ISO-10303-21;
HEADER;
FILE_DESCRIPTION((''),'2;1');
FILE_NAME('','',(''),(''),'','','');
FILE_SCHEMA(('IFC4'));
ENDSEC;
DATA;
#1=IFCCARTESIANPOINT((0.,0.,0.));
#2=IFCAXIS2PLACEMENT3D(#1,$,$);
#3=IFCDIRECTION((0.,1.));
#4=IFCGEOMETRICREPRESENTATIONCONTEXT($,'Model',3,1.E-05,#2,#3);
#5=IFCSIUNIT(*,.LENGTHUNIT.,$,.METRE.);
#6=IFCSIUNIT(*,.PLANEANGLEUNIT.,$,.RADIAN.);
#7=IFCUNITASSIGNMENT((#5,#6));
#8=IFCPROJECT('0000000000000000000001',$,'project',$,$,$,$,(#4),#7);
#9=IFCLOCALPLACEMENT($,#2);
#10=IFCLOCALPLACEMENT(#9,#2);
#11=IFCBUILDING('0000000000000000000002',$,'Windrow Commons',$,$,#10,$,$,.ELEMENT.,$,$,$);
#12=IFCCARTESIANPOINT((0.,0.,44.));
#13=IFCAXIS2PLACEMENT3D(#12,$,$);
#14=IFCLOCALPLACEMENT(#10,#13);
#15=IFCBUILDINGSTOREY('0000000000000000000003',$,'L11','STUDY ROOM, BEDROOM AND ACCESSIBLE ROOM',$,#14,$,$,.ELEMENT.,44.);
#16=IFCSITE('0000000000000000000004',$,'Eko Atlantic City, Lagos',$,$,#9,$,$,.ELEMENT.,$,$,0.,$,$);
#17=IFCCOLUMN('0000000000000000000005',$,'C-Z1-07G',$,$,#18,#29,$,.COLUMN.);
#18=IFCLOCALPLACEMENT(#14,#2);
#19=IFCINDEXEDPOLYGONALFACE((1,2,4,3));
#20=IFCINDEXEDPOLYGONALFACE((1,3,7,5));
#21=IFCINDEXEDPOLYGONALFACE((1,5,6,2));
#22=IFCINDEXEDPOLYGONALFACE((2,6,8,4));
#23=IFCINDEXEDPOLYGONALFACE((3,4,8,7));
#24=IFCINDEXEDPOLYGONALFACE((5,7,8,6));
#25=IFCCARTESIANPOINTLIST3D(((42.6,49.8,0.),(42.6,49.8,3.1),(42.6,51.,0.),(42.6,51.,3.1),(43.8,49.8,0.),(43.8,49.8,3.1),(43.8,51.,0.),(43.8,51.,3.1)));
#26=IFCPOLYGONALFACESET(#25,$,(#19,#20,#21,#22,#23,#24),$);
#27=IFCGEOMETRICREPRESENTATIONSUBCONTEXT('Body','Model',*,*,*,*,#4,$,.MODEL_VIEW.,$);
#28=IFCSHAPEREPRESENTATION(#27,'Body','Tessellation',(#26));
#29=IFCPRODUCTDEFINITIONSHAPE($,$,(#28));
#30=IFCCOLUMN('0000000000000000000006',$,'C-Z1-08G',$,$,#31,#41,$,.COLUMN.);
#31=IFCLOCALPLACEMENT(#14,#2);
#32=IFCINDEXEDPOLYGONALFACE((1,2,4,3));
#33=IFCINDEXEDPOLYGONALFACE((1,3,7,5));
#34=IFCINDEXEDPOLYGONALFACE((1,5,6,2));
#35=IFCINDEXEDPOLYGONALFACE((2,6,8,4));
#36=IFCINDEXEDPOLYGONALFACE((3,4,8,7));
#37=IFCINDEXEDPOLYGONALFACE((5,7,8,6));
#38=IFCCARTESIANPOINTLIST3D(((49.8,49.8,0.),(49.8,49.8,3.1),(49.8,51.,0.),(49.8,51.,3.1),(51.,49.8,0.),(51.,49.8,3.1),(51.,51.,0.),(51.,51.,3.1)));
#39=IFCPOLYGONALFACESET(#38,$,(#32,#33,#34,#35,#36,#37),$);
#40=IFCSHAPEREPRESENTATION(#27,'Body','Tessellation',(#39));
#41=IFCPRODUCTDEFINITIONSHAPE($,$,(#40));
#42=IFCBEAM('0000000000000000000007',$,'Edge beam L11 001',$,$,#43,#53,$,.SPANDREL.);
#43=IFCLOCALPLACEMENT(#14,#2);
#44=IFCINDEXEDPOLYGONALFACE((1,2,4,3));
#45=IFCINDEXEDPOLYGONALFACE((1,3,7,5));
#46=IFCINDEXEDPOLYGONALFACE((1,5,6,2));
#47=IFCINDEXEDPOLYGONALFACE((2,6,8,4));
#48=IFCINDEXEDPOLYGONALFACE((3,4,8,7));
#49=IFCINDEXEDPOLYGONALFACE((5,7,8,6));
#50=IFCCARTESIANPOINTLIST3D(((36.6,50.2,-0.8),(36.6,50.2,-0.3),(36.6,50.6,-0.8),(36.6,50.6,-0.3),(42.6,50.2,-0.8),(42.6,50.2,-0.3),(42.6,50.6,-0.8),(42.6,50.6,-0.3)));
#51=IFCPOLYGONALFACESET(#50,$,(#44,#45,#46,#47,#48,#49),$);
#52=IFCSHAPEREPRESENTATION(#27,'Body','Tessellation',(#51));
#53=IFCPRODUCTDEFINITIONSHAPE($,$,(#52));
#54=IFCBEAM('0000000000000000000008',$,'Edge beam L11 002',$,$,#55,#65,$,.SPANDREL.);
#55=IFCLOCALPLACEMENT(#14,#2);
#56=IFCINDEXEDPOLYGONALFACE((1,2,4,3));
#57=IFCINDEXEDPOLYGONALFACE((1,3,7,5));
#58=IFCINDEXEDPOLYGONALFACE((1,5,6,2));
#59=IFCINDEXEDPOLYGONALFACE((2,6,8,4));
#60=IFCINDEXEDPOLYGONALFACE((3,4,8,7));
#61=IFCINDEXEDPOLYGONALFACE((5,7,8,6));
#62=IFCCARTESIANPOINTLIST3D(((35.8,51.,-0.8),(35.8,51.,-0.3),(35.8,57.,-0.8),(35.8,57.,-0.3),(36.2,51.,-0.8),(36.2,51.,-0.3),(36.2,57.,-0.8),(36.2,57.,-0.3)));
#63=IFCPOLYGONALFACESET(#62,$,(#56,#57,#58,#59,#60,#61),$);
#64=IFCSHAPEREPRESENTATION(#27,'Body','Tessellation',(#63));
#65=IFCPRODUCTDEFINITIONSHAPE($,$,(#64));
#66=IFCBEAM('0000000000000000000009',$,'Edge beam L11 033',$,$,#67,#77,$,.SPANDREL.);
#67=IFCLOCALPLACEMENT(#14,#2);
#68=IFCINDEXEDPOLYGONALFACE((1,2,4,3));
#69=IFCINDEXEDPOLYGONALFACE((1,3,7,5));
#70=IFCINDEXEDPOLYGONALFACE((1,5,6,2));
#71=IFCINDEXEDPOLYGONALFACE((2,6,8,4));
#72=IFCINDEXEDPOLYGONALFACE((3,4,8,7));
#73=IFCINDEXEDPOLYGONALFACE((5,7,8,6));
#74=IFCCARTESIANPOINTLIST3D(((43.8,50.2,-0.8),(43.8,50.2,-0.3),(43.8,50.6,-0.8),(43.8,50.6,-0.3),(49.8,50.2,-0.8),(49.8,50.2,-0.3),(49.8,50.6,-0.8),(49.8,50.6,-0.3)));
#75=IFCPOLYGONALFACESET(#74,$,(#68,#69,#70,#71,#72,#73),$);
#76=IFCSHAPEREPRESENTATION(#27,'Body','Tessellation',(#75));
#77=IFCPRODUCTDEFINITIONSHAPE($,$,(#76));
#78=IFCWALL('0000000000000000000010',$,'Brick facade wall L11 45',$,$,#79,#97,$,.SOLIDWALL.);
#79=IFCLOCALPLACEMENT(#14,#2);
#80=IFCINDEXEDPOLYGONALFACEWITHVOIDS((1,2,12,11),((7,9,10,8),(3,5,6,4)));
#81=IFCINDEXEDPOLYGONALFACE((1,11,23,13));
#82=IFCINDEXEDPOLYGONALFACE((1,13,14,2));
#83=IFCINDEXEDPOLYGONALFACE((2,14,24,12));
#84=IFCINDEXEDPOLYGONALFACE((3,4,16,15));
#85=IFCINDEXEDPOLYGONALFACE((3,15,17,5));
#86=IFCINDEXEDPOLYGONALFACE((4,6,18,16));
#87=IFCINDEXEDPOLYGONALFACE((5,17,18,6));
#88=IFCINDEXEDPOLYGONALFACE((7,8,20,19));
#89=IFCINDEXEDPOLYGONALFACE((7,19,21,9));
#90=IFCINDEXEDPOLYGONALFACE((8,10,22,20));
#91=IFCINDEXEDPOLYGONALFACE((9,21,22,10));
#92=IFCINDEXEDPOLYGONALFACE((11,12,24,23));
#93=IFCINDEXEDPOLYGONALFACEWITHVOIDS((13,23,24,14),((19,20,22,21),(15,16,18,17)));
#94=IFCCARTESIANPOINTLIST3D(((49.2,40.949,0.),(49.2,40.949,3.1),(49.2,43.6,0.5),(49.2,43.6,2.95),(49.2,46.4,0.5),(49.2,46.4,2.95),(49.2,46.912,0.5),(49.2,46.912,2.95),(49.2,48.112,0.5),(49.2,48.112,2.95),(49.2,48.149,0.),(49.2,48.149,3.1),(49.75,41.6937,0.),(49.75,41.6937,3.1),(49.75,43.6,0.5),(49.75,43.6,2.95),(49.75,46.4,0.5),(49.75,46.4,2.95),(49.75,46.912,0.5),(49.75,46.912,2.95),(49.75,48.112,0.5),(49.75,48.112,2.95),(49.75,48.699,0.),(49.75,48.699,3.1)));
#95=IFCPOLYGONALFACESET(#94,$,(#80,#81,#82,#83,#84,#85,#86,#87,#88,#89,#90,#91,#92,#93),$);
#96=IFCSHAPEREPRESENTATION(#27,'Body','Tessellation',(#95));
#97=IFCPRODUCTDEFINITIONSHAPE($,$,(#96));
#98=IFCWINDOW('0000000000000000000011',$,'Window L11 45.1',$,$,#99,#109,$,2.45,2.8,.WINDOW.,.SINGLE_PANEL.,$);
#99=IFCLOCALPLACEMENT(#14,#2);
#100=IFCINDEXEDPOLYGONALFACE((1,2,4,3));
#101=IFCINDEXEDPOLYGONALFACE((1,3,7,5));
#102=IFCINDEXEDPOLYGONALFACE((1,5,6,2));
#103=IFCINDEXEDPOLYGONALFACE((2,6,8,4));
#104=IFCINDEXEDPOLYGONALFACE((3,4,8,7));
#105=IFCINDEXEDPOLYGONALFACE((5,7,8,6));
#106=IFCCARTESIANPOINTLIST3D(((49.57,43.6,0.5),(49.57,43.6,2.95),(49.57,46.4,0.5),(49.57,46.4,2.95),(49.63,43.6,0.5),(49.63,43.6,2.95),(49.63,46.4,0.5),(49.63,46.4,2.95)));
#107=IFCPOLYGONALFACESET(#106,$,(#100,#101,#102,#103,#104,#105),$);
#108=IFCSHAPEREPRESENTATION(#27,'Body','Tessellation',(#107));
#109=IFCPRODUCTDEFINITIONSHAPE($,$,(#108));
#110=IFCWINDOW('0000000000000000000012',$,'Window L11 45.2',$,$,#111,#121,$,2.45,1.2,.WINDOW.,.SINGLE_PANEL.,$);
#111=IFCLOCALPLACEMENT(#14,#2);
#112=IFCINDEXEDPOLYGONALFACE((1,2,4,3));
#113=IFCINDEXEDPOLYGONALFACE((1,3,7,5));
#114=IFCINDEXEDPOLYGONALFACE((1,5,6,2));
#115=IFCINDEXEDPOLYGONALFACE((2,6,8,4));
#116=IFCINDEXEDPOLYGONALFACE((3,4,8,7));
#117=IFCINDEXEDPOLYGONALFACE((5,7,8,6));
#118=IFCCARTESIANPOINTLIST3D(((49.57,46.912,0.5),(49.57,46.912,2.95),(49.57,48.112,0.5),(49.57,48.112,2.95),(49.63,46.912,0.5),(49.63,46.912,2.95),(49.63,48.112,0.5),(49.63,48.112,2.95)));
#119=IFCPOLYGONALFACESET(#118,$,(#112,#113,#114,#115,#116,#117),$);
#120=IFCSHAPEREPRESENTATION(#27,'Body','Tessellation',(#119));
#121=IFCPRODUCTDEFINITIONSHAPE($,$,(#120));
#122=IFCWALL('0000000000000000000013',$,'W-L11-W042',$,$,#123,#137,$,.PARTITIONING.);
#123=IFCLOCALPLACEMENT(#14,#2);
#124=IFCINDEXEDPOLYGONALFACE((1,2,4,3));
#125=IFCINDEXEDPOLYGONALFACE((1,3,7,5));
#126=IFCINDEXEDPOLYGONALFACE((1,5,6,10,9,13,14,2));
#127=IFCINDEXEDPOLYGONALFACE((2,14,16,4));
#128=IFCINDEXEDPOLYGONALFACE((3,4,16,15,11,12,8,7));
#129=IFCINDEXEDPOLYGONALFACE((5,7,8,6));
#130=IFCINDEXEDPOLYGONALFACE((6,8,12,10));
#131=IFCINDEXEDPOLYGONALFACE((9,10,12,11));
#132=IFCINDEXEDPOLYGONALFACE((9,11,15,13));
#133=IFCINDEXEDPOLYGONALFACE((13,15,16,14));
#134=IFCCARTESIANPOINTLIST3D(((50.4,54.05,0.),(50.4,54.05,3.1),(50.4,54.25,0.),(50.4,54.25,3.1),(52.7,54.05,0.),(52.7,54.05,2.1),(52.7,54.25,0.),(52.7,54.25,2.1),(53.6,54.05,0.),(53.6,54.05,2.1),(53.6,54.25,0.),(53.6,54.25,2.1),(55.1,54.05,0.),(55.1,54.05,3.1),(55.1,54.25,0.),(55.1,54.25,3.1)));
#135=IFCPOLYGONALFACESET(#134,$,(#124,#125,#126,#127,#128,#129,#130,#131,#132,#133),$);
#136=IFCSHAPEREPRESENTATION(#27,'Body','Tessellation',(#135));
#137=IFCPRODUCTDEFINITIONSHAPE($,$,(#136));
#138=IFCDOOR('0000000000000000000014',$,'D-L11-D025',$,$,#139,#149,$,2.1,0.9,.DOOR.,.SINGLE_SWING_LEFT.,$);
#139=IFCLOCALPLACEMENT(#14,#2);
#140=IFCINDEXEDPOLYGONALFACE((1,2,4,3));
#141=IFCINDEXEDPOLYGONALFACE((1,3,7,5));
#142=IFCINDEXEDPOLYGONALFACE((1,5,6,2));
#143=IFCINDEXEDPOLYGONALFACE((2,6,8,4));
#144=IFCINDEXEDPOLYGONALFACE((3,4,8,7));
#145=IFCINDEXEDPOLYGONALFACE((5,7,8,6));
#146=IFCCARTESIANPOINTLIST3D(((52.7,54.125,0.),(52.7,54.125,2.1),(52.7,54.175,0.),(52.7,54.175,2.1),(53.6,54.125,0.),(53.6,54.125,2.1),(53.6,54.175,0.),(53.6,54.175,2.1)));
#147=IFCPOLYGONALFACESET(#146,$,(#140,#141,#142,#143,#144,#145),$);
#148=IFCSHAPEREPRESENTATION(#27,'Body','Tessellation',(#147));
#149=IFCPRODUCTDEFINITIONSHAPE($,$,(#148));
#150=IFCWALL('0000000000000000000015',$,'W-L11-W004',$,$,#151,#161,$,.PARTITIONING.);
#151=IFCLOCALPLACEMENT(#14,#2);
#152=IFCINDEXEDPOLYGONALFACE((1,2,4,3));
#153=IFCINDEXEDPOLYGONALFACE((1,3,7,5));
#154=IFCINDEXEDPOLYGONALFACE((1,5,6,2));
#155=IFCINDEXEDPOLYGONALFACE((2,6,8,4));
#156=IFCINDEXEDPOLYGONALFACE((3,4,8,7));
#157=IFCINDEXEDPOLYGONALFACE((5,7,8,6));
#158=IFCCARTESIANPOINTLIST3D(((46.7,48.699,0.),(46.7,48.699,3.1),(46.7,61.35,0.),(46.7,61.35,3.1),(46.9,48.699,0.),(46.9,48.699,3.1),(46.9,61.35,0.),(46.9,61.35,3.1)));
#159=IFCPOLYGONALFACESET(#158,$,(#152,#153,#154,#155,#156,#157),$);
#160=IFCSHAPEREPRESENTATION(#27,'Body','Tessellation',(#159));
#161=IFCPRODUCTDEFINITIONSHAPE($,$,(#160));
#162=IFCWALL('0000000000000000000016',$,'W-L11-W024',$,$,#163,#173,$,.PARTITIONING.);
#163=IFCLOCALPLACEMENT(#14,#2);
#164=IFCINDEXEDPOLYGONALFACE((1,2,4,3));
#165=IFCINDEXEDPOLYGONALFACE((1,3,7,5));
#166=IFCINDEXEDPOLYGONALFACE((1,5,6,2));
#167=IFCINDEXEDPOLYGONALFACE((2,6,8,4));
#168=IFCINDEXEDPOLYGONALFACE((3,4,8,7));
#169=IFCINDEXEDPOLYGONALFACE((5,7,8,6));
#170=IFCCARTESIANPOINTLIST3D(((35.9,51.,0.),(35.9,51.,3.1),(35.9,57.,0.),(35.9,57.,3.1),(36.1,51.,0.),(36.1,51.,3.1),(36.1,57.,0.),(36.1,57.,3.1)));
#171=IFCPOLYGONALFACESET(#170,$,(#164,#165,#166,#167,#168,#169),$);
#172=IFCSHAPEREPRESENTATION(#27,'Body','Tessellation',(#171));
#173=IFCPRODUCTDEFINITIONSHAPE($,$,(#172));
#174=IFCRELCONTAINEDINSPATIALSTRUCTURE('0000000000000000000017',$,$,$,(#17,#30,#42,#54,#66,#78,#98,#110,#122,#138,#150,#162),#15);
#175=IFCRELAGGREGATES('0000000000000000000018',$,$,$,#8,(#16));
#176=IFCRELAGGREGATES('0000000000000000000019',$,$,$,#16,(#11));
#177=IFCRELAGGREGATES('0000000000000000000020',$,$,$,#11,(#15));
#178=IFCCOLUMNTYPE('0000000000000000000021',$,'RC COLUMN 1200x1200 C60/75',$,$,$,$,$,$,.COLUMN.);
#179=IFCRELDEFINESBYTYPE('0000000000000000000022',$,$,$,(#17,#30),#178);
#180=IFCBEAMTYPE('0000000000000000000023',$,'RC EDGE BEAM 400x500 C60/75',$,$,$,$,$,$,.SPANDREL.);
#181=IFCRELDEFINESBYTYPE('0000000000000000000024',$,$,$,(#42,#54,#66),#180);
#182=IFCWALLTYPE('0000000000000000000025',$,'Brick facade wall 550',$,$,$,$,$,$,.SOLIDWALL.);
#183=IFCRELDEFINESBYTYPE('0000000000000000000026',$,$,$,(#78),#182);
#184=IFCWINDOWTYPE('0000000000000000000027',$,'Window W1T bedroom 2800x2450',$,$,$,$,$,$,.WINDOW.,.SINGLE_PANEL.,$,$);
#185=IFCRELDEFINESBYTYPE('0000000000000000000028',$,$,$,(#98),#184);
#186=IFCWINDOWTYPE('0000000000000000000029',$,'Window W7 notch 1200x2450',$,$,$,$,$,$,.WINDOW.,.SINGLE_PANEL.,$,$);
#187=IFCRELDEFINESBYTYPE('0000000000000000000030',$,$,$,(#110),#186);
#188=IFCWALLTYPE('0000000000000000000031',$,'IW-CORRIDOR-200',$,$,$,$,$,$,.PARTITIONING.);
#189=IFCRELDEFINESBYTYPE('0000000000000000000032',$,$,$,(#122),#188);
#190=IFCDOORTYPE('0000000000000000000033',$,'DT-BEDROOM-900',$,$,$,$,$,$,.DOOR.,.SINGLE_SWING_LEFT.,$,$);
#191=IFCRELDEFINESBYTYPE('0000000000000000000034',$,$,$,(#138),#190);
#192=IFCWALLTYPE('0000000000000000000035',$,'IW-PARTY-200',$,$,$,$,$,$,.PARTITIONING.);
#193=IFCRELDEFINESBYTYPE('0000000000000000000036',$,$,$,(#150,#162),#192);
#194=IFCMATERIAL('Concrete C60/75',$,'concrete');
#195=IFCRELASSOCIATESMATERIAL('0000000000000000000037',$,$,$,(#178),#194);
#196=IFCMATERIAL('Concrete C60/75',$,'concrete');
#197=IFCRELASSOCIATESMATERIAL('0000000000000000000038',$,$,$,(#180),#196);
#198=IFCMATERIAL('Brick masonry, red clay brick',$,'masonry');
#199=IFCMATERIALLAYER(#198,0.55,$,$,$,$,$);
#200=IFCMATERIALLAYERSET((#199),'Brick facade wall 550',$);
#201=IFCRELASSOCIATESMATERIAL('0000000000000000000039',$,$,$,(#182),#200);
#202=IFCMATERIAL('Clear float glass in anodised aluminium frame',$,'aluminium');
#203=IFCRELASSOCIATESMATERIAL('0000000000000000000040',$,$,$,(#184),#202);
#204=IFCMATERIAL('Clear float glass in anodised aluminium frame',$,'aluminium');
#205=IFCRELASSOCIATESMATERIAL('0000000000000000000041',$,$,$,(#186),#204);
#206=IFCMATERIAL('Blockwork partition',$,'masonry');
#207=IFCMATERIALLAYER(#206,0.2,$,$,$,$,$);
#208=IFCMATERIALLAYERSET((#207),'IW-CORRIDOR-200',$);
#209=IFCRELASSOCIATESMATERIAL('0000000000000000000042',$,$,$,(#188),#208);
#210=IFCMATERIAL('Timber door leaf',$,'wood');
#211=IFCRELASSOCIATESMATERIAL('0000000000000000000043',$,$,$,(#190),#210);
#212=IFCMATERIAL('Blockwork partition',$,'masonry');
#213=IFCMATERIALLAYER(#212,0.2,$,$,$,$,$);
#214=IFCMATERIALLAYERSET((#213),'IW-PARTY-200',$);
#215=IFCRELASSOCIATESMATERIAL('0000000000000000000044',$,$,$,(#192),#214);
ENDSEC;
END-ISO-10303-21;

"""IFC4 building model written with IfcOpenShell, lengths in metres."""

from ifc_helpers import new_model, si_unit, direction, frame, frame_2d, origin, origin_2d, place, context, subcontext, project, spatial, polyline, rectangle, outline, extrude, material, layer, layer_set, material_profile, profile_set, type_object, element, fill, save


model = new_model("IFC4")

# Units and contexts
model_context = context("Model", 3, precision=1e-05, world=origin(), true_north=direction((0.0, 1.0)))
body_context = subcontext(model_context, "Body", "Model", "MODEL_VIEW")
ifc_project = project(units=[si_unit("LENGTHUNIT", "METRE"), si_unit("PLANEANGLEUNIT", "RADIAN")], contexts=[model_context])

# Site, building, storey
site_placement = place(None, origin())
site = spatial("IfcSite", under=ifc_project, at=site_placement, Name="Eko Atlantic City, Lagos", CompositionType="ELEMENT", RefElevation=0.0)
building_placement = place(site_placement, origin())
building = spatial("IfcBuilding", under=site, at=building_placement, Name="Windrow Commons", CompositionType="ELEMENT")
storey_placement = place(building_placement, frame((0.0, 0.0, 44.0)))
storey = spatial("IfcBuildingStorey", under=building, at=storey_placement, Name="L11", Description="STUDY ROOM, BEDROOM AND ACCESSIBLE ROOM", CompositionType="ELEMENT", Elevation=44.0)

# Columns
ifc_material_1 = material(Name="Concrete C60/75", Category="concrete")
ifc_material_profile_1 = material_profile(ifc_material_1, rectangle(XDim=1.2, YDim=1.2, at=origin_2d()))
ifc_profile_set_1 = profile_set([ifc_material_profile_1], Name="Concrete C60/75")
column_type = type_object("IfcColumnType", Name="RC COLUMN 1200x1200 C60/75", PredefinedType="COLUMN", material=ifc_profile_set_1)
for number, where, z_axis, x_axis, name in (
    (1, (43.2, 50.4, 0.0), (0.0, 0.0, 1.0), (1.0, 0.0, 0.0), "C-Z1-07G"),
    (2, (50.4, 50.4, 0.0), (0.0, 0.0, 1.0), (1.0, 0.0, 0.0), "C-Z1-08G"),
):
    element("IfcColumn", number, at=place(storey_placement, frame(where, z_axis=z_axis, x_axis=x_axis)), inside=storey, type_object=column_type, Name=name, PredefinedType="COLUMN", context=body_context, shape_type="SweptSolid", body=[
        extrude(rectangle(XDim=1.2, YDim=1.2, at=origin_2d()), origin(), (0.0, 0.0, 1.0), 3.1),
    ])

# Beams
ifc_material_2 = material(Name="Concrete C60/75", Category="concrete")
ifc_material_profile_2 = material_profile(ifc_material_2, rectangle(XDim=0.4, YDim=0.5, at=origin_2d()))
ifc_profile_set_2 = profile_set([ifc_material_profile_2], Name="Concrete C60/75")
beam_type = type_object("IfcBeamType", Name="RC EDGE BEAM 400x500 C60/75", PredefinedType="SPANDREL", material=ifc_profile_set_2)
for number, where, z_axis, x_axis, name in (
    (3, (42.6, 50.4, -0.55), (-1.0, 0.0, 0.0), (0.0, -1.0, 0.0), "Edge beam L11 001"),
    (4, (36.0, 51.0, -0.55), (0.0, 1.0, 0.0), (-1.0, 0.0, 0.0), "Edge beam L11 002"),
    (5, (49.8, 50.4, -0.55), (-1.0, 0.0, 0.0), (0.0, -1.0, 0.0), "Edge beam L11 033"),
):
    element("IfcBeam", number, at=place(storey_placement, frame(where, z_axis=z_axis, x_axis=x_axis)), inside=storey, type_object=beam_type, Name=name, PredefinedType="SPANDREL", context=body_context, shape_type="SweptSolid", body=[
        extrude(rectangle(XDim=0.4, YDim=0.5, at=origin_2d()), origin(), (0.0, 0.0, 1.0), 6.0),
    ])

# Wall, openings, windows
ifc_material_3 = material(Name="Brick masonry, red clay brick", Category="masonry")
ifc_layer_1 = layer(ifc_material_3, 0.55)
ifc_layer_set_1 = layer_set([ifc_layer_1], Name="Brick facade wall 550")
wall_type_1 = type_object("IfcWallType", Name="Brick facade wall 550", PredefinedType="SOLIDWALL", material=ifc_layer_set_1)
wall_1_placement = place(storey_placement, frame((49.475, 48.424, 0.0), z_axis=(0.0, 0.0, 1.0), x_axis=(0.0, -1.0, 0.0)))
wall_1 = element("IfcWall", 6, at=wall_1_placement, inside=storey, type_object=wall_type_1, Name="Brick facade wall L11 45", PredefinedType="SOLIDWALL", context=body_context, shape_type="SweptSolid", body=[
    extrude(outline(polyline([(0.275, -0.275), (7.475, -0.275), (6.7303, 0.275), (-0.275, 0.275), (0.275, -0.275)])), origin(), (0.0, 0.0, 1.0), 3.1),
])
opening_1_placement = place(wall_1_placement, frame((2.024, 0.0, 0.5)))
opening_1 = element("IfcOpeningElement", 7, at=opening_1_placement, cuts=wall_1, PredefinedType="OPENING", context=body_context, shape_type="SweptSolid", body=[
    extrude(rectangle(XDim=2.8, YDim=2.45, at=frame_2d((1.4, 1.225))), frame((0.0, 0.285, 0.0), z_axis=(0.0, -1.0, 0.0), x_axis=(1.0, 0.0, 0.0)), (0.0, 0.0, 1.0), 0.57),
])
opening_2_placement = place(wall_1_placement, frame((0.312, 0.0, 0.5)))
opening_2 = element("IfcOpeningElement", 8, at=opening_2_placement, cuts=wall_1, PredefinedType="OPENING", context=body_context, shape_type="SweptSolid", body=[
    extrude(rectangle(XDim=1.2, YDim=2.45, at=frame_2d((0.6, 1.225))), frame((0.0, 0.285, 0.0), z_axis=(0.0, -1.0, 0.0), x_axis=(1.0, 0.0, 0.0)), (0.0, 0.0, 1.0), 0.57),
])
ifc_material_4 = material(Name="Clear float glass in anodised aluminium frame", Category="aluminium")
window_type_1 = type_object("IfcWindowType", Name="Window W1T bedroom 2800x2450", PartitioningType="SINGLE_PANEL", PredefinedType="WINDOW", material=ifc_material_4)
window_1_placement = place(opening_1_placement, origin())
window_1 = element("IfcWindow", 9, at=window_1_placement, inside=storey, type_object=window_type_1, Name="Window L11 45.1", OverallHeight=2.45, OverallWidth=2.8, PartitioningType="SINGLE_PANEL", PredefinedType="WINDOW", context=body_context, shape_type="SweptSolid", body=[
    extrude(rectangle(XDim=2.8, YDim=2.45, at=frame_2d((1.4, 1.225))), frame((0.0, 0.155, 0.0), z_axis=(0.0, -1.0, 0.0), x_axis=(1.0, 0.0, 0.0)), (0.0, 0.0, 1.0), 0.06),
])
fill(opening_1, window_1)
ifc_material_5 = material(Name="Clear float glass in anodised aluminium frame", Category="aluminium")
window_type_2 = type_object("IfcWindowType", Name="Window W7 notch 1200x2450", PartitioningType="SINGLE_PANEL", PredefinedType="WINDOW", material=ifc_material_5)
window_2_placement = place(opening_2_placement, origin())
window_2 = element("IfcWindow", 10, at=window_2_placement, inside=storey, type_object=window_type_2, Name="Window L11 45.2", OverallHeight=2.45, OverallWidth=1.2, PartitioningType="SINGLE_PANEL", PredefinedType="WINDOW", context=body_context, shape_type="SweptSolid", body=[
    extrude(rectangle(XDim=1.2, YDim=2.45, at=frame_2d((0.6, 1.225))), frame((0.0, 0.155, 0.0), z_axis=(0.0, -1.0, 0.0), x_axis=(1.0, 0.0, 0.0)), (0.0, 0.0, 1.0), 0.06),
])
fill(opening_2, window_2)

# Wall, opening, door
ifc_material_6 = material(Name="Blockwork partition", Category="masonry")
ifc_layer_2 = layer(ifc_material_6, 0.2)
ifc_layer_set_2 = layer_set([ifc_layer_2], Name="IW-CORRIDOR-200")
wall_type_2 = type_object("IfcWallType", Name="IW-CORRIDOR-200", PredefinedType="PARTITIONING", material=ifc_layer_set_2)
wall_2_placement = place(storey_placement, frame((50.4, 54.15, 0.0), z_axis=(0.0, 0.0, 1.0), x_axis=(1.0, 0.0, 0.0)))
wall_2 = element("IfcWall", 11, at=wall_2_placement, inside=storey, type_object=wall_type_2, Name="W-L11-W042", PredefinedType="PARTITIONING", context=body_context, shape_type="SweptSolid", body=[
    extrude(rectangle(XDim=4.7, YDim=0.2, at=frame_2d((2.35, 0.0))), origin(), (0.0, 0.0, 1.0), 3.1),
])
opening_3_placement = place(wall_2_placement, frame((2.3, 0.0, 0.0)))
opening_3 = element("IfcOpeningElement", 12, at=opening_3_placement, cuts=wall_2, PredefinedType="OPENING", context=body_context, shape_type="SweptSolid", body=[
    extrude(rectangle(XDim=0.9, YDim=2.1, at=frame_2d((0.45, 1.05))), frame((0.0, 0.11, 0.0), z_axis=(0.0, -1.0, 0.0), x_axis=(1.0, 0.0, 0.0)), (0.0, 0.0, 1.0), 0.22),
])
ifc_material_7 = material(Name="Timber door leaf", Category="wood")
door_type = type_object("IfcDoorType", Name="DT-BEDROOM-900", OperationType="SINGLE_SWING_LEFT", PredefinedType="DOOR", material=ifc_material_7)
door_placement = place(opening_3_placement, origin())
door = element("IfcDoor", 13, at=door_placement, inside=storey, type_object=door_type, Name="D-L11-D025", OperationType="SINGLE_SWING_LEFT", OverallHeight=2.1, OverallWidth=0.9, PredefinedType="DOOR", context=body_context, shape_type="SweptSolid", body=[
    extrude(rectangle(XDim=0.9, YDim=2.1, at=frame_2d((0.45, 1.05))), frame((0.0, 0.025, 0.0), z_axis=(0.0, -1.0, 0.0), x_axis=(1.0, 0.0, 0.0)), (0.0, 0.0, 1.0), 0.05),
])
fill(opening_3, door)

# Walls
ifc_material_8 = material(Name="Blockwork partition", Category="masonry")
ifc_layer_3 = layer(ifc_material_8, 0.2)
ifc_layer_set_3 = layer_set([ifc_layer_3], Name="IW-PARTY-200")
wall_type_3 = type_object("IfcWallType", Name="IW-PARTY-200", PredefinedType="PARTITIONING", material=ifc_layer_set_3)
wall_3_placement = place(storey_placement, frame((46.8, 48.699, 0.0), z_axis=(0.0, 0.0, 1.0), x_axis=(0.0, 1.0, 0.0)))
element("IfcWall", 14, at=wall_3_placement, inside=storey, type_object=wall_type_3, Name="W-L11-W004", PredefinedType="PARTITIONING", context=body_context, shape_type="SweptSolid", body=[
    extrude(rectangle(XDim=12.651, YDim=0.2, at=frame_2d((6.3255, 0.0))), origin(), (0.0, 0.0, 1.0), 3.1),
])
wall_4_placement = place(storey_placement, frame((36.0, 51.0, 0.0), z_axis=(0.0, 0.0, 1.0), x_axis=(0.0, 1.0, 0.0)))
element("IfcWall", 15, at=wall_4_placement, inside=storey, type_object=wall_type_3, Name="W-L11-W024", PredefinedType="PARTITIONING", context=body_context, shape_type="SweptSolid", body=[
    extrude(rectangle(XDim=6.0, YDim=0.2, at=frame_2d((3.0, 0.0))), origin(), (0.0, 0.0, 1.0), 3.1),
])

save(model, "model.ifc")
